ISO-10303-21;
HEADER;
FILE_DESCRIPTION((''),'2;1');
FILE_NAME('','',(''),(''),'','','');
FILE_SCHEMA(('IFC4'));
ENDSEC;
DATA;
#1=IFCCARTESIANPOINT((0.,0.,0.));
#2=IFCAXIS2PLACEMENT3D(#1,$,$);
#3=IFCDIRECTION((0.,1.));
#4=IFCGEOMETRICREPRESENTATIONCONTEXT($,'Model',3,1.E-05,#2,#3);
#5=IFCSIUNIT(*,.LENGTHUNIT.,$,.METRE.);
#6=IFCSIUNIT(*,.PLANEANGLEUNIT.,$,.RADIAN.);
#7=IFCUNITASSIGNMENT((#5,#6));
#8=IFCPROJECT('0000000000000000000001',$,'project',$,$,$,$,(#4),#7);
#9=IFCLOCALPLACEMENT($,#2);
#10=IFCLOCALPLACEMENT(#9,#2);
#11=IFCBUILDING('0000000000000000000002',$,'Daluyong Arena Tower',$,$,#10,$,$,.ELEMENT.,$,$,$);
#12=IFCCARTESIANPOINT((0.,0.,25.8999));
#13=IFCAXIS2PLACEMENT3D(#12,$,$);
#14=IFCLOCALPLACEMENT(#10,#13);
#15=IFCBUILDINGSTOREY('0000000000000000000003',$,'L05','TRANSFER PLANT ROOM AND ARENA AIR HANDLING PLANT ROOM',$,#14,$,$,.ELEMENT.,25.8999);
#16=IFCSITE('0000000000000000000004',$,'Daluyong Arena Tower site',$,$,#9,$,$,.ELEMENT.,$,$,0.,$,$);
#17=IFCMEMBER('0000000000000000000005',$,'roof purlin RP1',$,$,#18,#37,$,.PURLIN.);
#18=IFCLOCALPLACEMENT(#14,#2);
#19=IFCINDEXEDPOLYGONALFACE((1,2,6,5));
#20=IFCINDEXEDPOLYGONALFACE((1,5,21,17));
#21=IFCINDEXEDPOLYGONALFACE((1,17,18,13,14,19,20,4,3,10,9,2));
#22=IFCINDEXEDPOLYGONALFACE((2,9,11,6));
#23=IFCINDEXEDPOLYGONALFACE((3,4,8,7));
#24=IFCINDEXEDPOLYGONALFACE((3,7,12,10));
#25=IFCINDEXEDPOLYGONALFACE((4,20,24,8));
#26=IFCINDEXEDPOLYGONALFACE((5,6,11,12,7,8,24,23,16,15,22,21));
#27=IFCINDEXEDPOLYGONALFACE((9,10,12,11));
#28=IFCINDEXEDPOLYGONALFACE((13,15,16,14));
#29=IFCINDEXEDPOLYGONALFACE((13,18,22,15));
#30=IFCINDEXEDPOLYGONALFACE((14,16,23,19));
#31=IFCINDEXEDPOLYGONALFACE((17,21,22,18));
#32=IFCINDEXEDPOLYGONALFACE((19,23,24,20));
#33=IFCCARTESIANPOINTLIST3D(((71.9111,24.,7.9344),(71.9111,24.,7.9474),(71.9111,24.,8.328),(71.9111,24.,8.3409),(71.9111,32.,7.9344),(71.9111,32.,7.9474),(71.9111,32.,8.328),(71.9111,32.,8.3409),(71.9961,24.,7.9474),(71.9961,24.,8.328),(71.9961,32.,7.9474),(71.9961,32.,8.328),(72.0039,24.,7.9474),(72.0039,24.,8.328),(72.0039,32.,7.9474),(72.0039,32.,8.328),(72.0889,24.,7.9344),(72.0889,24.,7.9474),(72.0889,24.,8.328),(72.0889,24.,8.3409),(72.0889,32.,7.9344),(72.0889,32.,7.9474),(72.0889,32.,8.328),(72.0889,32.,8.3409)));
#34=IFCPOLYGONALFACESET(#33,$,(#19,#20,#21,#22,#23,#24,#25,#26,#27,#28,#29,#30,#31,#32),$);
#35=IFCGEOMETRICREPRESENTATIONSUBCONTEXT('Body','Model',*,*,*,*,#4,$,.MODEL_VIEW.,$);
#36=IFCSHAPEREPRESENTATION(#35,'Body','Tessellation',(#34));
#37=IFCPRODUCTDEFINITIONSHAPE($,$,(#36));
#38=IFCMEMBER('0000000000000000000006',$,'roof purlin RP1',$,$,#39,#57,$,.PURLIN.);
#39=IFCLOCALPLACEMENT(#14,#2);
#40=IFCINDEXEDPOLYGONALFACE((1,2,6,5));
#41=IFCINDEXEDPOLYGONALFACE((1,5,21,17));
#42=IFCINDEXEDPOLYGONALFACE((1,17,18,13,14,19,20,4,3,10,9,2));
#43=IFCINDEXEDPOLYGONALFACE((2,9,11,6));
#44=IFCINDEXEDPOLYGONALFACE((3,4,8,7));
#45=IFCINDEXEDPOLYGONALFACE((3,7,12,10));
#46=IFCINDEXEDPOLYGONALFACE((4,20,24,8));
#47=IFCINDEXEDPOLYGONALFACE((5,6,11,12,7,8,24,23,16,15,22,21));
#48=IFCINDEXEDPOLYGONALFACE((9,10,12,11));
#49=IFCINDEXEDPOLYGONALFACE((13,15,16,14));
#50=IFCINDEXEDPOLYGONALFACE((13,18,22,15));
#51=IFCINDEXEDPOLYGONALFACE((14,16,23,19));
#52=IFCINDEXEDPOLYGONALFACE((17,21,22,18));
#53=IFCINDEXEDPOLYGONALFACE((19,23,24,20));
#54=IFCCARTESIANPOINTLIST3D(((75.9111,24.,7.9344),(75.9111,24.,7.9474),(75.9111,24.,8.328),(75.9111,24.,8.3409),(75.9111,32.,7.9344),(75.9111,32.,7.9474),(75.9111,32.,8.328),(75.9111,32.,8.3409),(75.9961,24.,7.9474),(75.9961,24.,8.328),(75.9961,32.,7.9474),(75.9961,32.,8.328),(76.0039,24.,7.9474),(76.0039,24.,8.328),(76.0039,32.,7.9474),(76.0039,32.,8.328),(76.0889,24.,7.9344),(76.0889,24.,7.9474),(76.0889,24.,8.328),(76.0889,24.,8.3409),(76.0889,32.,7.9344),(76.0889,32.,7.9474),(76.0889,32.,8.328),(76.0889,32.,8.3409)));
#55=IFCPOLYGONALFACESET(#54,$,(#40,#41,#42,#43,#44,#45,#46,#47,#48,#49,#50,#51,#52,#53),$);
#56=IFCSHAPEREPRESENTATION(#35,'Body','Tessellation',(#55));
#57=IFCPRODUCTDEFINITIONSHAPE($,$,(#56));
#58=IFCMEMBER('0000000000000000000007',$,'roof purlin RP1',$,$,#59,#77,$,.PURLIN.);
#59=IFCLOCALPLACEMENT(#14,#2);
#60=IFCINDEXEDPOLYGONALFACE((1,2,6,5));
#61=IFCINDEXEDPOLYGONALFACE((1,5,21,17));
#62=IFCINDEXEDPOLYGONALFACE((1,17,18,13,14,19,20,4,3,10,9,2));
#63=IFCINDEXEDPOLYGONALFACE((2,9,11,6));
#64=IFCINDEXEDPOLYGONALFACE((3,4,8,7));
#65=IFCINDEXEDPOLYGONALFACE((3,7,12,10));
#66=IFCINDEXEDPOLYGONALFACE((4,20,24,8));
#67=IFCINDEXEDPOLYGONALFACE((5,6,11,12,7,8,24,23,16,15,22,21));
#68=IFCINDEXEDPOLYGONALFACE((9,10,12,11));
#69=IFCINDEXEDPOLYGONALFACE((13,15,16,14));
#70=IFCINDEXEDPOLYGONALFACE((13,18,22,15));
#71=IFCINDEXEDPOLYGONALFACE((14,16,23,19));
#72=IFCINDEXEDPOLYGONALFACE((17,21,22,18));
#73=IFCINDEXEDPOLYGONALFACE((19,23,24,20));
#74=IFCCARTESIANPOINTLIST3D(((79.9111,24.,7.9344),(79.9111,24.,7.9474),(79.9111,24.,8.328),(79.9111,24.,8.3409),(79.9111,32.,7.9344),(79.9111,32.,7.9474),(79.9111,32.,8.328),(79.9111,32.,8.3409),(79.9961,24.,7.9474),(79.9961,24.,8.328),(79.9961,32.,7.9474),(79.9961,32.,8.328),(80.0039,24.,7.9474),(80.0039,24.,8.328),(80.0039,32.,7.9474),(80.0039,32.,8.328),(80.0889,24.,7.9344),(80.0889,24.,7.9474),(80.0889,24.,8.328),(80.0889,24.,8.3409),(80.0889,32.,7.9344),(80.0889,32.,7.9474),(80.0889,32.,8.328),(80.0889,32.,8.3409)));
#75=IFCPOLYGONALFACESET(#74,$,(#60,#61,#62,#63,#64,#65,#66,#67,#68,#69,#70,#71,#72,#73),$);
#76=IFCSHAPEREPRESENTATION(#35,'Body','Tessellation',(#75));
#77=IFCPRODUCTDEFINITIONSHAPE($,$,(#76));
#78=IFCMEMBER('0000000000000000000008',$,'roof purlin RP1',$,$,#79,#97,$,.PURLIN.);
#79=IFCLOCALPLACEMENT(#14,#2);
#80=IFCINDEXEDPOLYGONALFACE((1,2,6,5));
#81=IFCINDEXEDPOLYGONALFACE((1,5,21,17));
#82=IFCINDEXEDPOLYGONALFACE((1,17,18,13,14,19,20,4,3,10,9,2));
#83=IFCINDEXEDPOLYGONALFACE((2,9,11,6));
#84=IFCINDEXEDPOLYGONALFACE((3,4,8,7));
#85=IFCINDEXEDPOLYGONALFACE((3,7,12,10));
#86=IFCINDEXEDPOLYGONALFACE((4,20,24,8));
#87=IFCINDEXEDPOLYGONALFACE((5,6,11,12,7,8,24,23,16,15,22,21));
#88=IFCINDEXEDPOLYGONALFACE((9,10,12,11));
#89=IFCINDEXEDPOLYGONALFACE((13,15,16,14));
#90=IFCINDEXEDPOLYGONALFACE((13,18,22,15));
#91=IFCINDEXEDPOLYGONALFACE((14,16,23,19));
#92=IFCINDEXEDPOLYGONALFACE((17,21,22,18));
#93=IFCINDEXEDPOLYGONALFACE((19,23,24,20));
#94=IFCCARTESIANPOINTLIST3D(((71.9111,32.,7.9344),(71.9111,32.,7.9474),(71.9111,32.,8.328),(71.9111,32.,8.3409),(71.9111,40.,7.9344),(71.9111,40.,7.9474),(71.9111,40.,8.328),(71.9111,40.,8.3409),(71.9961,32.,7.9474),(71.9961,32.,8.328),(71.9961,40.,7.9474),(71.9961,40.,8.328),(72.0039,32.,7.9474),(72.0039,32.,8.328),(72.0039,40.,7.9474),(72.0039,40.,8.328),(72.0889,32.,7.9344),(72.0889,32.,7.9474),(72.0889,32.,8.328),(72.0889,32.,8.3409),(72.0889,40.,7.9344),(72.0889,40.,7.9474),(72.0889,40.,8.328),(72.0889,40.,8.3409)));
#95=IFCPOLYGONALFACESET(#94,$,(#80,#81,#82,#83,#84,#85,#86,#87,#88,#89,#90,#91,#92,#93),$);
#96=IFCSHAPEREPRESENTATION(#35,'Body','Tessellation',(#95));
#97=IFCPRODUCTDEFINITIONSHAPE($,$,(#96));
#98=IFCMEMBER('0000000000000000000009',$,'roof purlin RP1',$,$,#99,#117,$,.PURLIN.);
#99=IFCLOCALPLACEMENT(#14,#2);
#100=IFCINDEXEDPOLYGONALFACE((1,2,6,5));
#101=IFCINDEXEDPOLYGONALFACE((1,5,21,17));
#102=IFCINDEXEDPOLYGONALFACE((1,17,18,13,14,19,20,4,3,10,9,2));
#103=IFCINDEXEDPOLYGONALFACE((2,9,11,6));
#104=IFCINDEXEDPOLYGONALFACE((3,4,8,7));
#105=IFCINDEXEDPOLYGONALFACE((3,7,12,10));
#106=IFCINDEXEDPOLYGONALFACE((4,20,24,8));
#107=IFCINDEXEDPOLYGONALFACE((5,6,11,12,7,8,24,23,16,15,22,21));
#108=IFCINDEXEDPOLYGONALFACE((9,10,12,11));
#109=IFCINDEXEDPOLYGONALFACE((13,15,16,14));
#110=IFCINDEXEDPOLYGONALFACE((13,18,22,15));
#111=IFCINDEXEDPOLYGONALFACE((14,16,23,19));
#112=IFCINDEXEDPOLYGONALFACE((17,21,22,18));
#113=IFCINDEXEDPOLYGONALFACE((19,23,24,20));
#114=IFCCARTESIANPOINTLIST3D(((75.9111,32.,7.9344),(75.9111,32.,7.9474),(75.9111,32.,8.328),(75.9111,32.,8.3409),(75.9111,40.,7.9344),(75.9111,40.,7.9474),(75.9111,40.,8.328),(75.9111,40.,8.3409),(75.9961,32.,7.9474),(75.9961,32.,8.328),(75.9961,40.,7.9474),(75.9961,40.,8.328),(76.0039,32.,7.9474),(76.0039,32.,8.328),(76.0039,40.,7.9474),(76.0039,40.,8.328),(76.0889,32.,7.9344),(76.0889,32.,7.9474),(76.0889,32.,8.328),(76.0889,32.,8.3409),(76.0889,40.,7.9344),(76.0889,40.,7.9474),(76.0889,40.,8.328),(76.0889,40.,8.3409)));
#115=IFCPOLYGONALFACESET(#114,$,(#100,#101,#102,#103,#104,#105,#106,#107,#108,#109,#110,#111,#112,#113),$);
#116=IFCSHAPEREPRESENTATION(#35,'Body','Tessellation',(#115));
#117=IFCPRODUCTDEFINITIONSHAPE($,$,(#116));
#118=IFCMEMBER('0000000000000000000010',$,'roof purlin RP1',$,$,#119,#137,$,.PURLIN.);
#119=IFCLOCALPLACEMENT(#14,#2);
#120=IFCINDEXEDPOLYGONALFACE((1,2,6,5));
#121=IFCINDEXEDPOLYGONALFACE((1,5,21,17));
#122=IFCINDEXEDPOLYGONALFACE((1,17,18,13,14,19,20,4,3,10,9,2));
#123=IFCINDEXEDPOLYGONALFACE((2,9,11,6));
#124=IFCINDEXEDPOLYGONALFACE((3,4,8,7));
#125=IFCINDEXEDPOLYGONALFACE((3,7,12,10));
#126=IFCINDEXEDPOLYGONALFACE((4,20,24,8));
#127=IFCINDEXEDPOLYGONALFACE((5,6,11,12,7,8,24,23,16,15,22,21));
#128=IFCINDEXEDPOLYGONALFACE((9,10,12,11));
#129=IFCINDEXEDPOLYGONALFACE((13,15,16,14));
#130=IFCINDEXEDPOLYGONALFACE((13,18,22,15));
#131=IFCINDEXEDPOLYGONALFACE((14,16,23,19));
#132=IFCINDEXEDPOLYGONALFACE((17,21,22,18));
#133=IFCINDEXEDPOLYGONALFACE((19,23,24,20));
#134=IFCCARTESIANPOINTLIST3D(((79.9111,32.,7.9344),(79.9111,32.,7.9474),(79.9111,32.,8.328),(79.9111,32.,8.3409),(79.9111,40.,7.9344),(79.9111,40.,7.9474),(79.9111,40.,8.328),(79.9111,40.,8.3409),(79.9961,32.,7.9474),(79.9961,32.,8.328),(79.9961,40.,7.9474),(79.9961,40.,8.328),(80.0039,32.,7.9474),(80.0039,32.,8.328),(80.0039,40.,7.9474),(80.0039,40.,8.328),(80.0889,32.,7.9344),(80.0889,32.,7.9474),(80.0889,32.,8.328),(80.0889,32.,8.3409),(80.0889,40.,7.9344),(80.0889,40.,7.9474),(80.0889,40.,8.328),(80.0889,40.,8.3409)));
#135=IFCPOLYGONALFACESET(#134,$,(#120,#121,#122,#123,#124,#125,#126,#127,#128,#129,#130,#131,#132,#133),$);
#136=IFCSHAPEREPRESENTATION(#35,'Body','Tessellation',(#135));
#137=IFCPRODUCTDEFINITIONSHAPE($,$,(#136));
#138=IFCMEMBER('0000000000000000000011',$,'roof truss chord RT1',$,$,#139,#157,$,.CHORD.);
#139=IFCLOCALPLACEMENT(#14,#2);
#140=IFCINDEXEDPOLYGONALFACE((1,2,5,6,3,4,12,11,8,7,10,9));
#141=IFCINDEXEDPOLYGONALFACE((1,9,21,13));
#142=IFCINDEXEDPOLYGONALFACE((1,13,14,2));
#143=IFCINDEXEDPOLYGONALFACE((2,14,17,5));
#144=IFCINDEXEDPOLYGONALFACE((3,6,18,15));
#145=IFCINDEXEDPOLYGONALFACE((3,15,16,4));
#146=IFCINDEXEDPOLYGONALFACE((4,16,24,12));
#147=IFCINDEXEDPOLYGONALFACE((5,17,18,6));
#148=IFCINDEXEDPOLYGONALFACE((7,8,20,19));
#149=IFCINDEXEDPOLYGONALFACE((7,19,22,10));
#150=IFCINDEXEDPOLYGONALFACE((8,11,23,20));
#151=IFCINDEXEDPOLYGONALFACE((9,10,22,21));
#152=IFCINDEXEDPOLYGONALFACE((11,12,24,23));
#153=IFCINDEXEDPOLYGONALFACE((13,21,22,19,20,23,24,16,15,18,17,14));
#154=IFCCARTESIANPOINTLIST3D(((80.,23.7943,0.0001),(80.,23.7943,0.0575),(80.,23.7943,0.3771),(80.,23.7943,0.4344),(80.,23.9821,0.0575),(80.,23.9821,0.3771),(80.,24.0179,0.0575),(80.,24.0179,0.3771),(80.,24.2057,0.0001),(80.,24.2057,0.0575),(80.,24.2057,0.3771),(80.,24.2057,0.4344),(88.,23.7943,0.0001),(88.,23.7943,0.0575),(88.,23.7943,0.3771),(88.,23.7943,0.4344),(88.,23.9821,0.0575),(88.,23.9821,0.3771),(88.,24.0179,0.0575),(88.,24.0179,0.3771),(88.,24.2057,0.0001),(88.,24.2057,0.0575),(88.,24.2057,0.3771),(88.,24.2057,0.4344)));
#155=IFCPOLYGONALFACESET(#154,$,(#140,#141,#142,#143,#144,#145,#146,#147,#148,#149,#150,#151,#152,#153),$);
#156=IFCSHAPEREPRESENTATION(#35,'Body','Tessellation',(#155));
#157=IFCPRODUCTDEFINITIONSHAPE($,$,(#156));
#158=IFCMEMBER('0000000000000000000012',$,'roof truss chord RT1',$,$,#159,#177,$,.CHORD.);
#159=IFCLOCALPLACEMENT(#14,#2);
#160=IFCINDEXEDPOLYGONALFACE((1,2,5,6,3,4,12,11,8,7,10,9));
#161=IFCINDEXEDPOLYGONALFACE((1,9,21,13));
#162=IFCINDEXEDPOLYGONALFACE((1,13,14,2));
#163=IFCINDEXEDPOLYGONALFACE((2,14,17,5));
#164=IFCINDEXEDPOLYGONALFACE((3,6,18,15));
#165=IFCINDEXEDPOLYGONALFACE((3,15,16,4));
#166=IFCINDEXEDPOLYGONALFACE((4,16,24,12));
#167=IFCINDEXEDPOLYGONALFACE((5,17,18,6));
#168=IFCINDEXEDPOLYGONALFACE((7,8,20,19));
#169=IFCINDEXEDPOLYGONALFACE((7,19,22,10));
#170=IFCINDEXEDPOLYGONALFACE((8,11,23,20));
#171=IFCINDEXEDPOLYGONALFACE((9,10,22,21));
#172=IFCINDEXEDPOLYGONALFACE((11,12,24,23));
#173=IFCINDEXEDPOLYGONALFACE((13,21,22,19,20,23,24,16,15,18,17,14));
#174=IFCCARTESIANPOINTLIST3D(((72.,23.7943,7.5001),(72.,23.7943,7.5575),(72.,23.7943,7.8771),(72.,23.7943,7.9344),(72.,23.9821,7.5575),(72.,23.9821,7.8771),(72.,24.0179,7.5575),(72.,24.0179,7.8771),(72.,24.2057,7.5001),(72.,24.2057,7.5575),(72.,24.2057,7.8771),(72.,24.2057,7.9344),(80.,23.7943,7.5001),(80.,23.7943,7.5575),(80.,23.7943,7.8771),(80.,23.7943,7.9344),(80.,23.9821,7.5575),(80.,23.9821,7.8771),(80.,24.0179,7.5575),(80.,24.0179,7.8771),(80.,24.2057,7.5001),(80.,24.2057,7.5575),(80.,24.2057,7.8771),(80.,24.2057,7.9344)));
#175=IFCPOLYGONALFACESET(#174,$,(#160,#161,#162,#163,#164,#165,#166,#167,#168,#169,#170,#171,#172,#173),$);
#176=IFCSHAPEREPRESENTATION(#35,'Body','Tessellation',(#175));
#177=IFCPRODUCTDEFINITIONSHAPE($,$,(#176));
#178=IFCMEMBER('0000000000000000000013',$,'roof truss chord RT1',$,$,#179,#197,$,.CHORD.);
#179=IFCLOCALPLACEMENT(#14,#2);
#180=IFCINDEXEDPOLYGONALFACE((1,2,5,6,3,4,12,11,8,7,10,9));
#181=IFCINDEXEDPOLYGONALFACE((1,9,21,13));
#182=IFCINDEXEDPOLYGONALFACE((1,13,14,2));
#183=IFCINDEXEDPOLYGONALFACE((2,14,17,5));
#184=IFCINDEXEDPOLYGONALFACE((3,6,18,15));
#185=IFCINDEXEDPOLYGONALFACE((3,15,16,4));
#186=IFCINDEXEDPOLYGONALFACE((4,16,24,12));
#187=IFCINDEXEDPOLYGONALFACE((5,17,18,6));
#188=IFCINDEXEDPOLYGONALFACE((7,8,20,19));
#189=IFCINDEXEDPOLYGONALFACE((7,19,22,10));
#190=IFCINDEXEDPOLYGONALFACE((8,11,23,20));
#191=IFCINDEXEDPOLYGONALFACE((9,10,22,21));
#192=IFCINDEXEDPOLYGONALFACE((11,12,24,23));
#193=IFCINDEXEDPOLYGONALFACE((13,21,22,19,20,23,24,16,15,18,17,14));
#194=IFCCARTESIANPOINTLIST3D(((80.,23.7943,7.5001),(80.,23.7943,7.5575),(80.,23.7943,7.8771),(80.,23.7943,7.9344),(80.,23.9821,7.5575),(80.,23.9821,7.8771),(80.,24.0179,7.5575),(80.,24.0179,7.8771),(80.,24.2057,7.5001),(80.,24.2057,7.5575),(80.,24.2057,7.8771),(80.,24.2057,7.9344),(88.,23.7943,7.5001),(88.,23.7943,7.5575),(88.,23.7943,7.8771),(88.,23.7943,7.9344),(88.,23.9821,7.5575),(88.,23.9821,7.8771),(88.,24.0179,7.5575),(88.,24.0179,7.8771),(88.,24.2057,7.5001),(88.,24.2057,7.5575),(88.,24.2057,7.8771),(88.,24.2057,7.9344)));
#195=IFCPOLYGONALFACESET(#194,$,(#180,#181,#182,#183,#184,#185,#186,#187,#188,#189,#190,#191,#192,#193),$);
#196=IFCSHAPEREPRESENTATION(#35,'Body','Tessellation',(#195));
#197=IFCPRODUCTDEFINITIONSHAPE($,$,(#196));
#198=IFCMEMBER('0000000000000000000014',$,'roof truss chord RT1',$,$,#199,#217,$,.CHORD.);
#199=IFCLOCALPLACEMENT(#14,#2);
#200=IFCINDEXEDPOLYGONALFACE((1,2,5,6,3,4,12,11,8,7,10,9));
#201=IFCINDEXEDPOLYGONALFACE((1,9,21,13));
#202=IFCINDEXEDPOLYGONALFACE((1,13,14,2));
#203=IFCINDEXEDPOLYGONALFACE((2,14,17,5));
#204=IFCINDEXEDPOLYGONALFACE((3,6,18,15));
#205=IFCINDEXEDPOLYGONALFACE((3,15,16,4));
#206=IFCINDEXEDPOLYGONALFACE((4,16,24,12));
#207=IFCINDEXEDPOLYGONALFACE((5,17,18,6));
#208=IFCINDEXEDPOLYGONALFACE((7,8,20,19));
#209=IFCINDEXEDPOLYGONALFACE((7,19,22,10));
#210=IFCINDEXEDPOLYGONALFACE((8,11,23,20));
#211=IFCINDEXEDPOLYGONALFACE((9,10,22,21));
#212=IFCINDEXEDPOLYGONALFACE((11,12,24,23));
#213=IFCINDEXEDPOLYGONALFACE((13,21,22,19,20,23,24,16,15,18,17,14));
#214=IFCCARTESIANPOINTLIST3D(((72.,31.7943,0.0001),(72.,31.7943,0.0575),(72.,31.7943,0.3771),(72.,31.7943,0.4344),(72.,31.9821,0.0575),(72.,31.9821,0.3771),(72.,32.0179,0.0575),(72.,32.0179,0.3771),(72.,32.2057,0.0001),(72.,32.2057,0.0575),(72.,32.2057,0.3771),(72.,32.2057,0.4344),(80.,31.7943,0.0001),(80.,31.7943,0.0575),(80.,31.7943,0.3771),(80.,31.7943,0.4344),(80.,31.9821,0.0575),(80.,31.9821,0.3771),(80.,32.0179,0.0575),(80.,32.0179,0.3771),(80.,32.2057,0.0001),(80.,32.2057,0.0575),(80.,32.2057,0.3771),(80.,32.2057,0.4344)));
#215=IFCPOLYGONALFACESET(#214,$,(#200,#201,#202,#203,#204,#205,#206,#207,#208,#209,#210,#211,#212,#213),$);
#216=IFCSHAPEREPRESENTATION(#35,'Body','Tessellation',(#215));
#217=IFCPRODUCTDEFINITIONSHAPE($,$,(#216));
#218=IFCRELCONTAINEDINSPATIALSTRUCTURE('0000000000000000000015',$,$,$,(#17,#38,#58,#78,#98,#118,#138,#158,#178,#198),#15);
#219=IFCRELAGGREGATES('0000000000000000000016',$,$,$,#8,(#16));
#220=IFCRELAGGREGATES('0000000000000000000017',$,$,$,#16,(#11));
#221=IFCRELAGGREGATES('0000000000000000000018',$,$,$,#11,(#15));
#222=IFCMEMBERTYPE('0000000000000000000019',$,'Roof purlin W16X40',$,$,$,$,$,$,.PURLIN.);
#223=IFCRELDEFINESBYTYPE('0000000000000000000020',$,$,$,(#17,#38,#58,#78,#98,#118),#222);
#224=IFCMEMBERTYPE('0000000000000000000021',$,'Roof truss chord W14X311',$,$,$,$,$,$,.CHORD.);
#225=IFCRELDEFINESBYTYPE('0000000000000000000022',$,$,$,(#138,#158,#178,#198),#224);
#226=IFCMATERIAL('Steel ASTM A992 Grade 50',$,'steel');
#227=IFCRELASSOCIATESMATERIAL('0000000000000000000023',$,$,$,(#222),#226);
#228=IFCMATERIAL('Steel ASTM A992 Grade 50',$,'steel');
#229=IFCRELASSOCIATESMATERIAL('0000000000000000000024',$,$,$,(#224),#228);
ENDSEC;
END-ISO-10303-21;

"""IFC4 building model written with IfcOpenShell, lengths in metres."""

from ifc_helpers import new_model, si_unit, direction, frame, origin, origin_2d, place, context, subcontext, project, spatial, i_section, extrude, material, material_profile, profile_set, type_object, element, save


model = new_model("IFC4")

# Units and contexts
model_context = context("Model", 3, precision=1e-05, world=origin(), true_north=direction((0.0, 1.0)))
body_context = subcontext(model_context, "Body", "Model", "MODEL_VIEW")
ifc_project = project(units=[si_unit("LENGTHUNIT", "METRE"), si_unit("PLANEANGLEUNIT", "RADIAN")], contexts=[model_context])

# Site, building, storey
site_placement = place(None, origin())
site = spatial("IfcSite", under=ifc_project, at=site_placement, Name="Daluyong Arena Tower site", CompositionType="ELEMENT", RefElevation=0.0)
building_placement = place(site_placement, origin())
building = spatial("IfcBuilding", under=site, at=building_placement, Name="Daluyong Arena Tower", CompositionType="ELEMENT")
storey_placement = place(building_placement, frame((0.0, 0.0, 25.8999)))
storey = spatial("IfcBuildingStorey", under=building, at=storey_placement, Name="L05", Description="TRANSFER PLANT ROOM AND ARENA AIR HANDLING PLANT ROOM", CompositionType="ELEMENT", Elevation=25.8999)

# Members
ifc_material_1 = material(Name="Steel ASTM A992 Grade 50", Category="steel")
ifc_material_profile_1 = material_profile(ifc_material_1, i_section(OverallWidth=0.1777, OverallDepth=0.4065, WebThickness=0.0078, FlangeThickness=0.0129, at=origin_2d()))
ifc_profile_set_1 = profile_set([ifc_material_profile_1], Name="Steel ASTM A992 Grade 50")
member_type_1 = type_object("IfcMemberType", Name="Roof purlin W16X40", PredefinedType="PURLIN", material=ifc_profile_set_1)
for number, where, z_axis, x_axis, name in (
    (1, (72.0, 24.0, 8.1377), (0.0, 1.0, 0.0), (-1.0, 0.0, 0.0), "roof purlin RP1"),
    (2, (76.0, 24.0, 8.1377), (0.0, 1.0, 0.0), (-1.0, 0.0, 0.0), "roof purlin RP1"),
    (3, (80.0, 24.0, 8.1377), (0.0, 1.0, 0.0), (-1.0, 0.0, 0.0), "roof purlin RP1"),
    (4, (72.0, 32.0, 8.1377), (0.0, 1.0, 0.0), (-1.0, 0.0, 0.0), "roof purlin RP1"),
    (5, (76.0, 32.0, 8.1377), (0.0, 1.0, 0.0), (-1.0, 0.0, 0.0), "roof purlin RP1"),
    (6, (80.0, 32.0, 8.1377), (0.0, 1.0, 0.0), (-1.0, 0.0, 0.0), "roof purlin RP1"),
):
    element("IfcMember", number, at=place(storey_placement, frame(where, z_axis=z_axis, x_axis=x_axis)), inside=storey, type_object=member_type_1, Name=name, PredefinedType="PURLIN", context=body_context, shape_type="SweptSolid", body=[
        extrude(i_section(OverallWidth=0.1777, OverallDepth=0.4065, WebThickness=0.0078, FlangeThickness=0.0129, at=origin_2d()), origin(), (0.0, 0.0, 1.0), 8.0),
    ])
ifc_material_2 = material(Name="Steel ASTM A992 Grade 50", Category="steel")
ifc_material_profile_2 = material_profile(ifc_material_2, i_section(OverallWidth=0.4114, OverallDepth=0.4343, WebThickness=0.0359, FlangeThickness=0.0574, at=origin_2d()))
ifc_profile_set_2 = profile_set([ifc_material_profile_2], Name="Steel ASTM A992 Grade 50")
member_type_2 = type_object("IfcMemberType", Name="Roof truss chord W14X311", PredefinedType="CHORD", material=ifc_profile_set_2)
for number, where, z_axis, x_axis, name in (
    (7, (80.0, 24.0, 0.2173), (1.0, 0.0, 0.0), (0.0, 1.0, 0.0), "roof truss chord RT1"),
    (8, (72.0, 24.0, 7.7173), (1.0, 0.0, 0.0), (0.0, 1.0, 0.0), "roof truss chord RT1"),
    (9, (80.0, 24.0, 7.7173), (1.0, 0.0, 0.0), (0.0, 1.0, 0.0), "roof truss chord RT1"),
    (10, (72.0, 32.0, 0.2173), (1.0, 0.0, 0.0), (0.0, 1.0, 0.0), "roof truss chord RT1"),
):
    element("IfcMember", number, at=place(storey_placement, frame(where, z_axis=z_axis, x_axis=x_axis)), inside=storey, type_object=member_type_2, Name=name, PredefinedType="CHORD", context=body_context, shape_type="SweptSolid", body=[
        extrude(i_section(OverallWidth=0.4114, OverallDepth=0.4343, WebThickness=0.0359, FlangeThickness=0.0574, at=origin_2d()), origin(), (0.0, 0.0, 1.0), 8.0),
    ])

save(model, "model.ifc")
